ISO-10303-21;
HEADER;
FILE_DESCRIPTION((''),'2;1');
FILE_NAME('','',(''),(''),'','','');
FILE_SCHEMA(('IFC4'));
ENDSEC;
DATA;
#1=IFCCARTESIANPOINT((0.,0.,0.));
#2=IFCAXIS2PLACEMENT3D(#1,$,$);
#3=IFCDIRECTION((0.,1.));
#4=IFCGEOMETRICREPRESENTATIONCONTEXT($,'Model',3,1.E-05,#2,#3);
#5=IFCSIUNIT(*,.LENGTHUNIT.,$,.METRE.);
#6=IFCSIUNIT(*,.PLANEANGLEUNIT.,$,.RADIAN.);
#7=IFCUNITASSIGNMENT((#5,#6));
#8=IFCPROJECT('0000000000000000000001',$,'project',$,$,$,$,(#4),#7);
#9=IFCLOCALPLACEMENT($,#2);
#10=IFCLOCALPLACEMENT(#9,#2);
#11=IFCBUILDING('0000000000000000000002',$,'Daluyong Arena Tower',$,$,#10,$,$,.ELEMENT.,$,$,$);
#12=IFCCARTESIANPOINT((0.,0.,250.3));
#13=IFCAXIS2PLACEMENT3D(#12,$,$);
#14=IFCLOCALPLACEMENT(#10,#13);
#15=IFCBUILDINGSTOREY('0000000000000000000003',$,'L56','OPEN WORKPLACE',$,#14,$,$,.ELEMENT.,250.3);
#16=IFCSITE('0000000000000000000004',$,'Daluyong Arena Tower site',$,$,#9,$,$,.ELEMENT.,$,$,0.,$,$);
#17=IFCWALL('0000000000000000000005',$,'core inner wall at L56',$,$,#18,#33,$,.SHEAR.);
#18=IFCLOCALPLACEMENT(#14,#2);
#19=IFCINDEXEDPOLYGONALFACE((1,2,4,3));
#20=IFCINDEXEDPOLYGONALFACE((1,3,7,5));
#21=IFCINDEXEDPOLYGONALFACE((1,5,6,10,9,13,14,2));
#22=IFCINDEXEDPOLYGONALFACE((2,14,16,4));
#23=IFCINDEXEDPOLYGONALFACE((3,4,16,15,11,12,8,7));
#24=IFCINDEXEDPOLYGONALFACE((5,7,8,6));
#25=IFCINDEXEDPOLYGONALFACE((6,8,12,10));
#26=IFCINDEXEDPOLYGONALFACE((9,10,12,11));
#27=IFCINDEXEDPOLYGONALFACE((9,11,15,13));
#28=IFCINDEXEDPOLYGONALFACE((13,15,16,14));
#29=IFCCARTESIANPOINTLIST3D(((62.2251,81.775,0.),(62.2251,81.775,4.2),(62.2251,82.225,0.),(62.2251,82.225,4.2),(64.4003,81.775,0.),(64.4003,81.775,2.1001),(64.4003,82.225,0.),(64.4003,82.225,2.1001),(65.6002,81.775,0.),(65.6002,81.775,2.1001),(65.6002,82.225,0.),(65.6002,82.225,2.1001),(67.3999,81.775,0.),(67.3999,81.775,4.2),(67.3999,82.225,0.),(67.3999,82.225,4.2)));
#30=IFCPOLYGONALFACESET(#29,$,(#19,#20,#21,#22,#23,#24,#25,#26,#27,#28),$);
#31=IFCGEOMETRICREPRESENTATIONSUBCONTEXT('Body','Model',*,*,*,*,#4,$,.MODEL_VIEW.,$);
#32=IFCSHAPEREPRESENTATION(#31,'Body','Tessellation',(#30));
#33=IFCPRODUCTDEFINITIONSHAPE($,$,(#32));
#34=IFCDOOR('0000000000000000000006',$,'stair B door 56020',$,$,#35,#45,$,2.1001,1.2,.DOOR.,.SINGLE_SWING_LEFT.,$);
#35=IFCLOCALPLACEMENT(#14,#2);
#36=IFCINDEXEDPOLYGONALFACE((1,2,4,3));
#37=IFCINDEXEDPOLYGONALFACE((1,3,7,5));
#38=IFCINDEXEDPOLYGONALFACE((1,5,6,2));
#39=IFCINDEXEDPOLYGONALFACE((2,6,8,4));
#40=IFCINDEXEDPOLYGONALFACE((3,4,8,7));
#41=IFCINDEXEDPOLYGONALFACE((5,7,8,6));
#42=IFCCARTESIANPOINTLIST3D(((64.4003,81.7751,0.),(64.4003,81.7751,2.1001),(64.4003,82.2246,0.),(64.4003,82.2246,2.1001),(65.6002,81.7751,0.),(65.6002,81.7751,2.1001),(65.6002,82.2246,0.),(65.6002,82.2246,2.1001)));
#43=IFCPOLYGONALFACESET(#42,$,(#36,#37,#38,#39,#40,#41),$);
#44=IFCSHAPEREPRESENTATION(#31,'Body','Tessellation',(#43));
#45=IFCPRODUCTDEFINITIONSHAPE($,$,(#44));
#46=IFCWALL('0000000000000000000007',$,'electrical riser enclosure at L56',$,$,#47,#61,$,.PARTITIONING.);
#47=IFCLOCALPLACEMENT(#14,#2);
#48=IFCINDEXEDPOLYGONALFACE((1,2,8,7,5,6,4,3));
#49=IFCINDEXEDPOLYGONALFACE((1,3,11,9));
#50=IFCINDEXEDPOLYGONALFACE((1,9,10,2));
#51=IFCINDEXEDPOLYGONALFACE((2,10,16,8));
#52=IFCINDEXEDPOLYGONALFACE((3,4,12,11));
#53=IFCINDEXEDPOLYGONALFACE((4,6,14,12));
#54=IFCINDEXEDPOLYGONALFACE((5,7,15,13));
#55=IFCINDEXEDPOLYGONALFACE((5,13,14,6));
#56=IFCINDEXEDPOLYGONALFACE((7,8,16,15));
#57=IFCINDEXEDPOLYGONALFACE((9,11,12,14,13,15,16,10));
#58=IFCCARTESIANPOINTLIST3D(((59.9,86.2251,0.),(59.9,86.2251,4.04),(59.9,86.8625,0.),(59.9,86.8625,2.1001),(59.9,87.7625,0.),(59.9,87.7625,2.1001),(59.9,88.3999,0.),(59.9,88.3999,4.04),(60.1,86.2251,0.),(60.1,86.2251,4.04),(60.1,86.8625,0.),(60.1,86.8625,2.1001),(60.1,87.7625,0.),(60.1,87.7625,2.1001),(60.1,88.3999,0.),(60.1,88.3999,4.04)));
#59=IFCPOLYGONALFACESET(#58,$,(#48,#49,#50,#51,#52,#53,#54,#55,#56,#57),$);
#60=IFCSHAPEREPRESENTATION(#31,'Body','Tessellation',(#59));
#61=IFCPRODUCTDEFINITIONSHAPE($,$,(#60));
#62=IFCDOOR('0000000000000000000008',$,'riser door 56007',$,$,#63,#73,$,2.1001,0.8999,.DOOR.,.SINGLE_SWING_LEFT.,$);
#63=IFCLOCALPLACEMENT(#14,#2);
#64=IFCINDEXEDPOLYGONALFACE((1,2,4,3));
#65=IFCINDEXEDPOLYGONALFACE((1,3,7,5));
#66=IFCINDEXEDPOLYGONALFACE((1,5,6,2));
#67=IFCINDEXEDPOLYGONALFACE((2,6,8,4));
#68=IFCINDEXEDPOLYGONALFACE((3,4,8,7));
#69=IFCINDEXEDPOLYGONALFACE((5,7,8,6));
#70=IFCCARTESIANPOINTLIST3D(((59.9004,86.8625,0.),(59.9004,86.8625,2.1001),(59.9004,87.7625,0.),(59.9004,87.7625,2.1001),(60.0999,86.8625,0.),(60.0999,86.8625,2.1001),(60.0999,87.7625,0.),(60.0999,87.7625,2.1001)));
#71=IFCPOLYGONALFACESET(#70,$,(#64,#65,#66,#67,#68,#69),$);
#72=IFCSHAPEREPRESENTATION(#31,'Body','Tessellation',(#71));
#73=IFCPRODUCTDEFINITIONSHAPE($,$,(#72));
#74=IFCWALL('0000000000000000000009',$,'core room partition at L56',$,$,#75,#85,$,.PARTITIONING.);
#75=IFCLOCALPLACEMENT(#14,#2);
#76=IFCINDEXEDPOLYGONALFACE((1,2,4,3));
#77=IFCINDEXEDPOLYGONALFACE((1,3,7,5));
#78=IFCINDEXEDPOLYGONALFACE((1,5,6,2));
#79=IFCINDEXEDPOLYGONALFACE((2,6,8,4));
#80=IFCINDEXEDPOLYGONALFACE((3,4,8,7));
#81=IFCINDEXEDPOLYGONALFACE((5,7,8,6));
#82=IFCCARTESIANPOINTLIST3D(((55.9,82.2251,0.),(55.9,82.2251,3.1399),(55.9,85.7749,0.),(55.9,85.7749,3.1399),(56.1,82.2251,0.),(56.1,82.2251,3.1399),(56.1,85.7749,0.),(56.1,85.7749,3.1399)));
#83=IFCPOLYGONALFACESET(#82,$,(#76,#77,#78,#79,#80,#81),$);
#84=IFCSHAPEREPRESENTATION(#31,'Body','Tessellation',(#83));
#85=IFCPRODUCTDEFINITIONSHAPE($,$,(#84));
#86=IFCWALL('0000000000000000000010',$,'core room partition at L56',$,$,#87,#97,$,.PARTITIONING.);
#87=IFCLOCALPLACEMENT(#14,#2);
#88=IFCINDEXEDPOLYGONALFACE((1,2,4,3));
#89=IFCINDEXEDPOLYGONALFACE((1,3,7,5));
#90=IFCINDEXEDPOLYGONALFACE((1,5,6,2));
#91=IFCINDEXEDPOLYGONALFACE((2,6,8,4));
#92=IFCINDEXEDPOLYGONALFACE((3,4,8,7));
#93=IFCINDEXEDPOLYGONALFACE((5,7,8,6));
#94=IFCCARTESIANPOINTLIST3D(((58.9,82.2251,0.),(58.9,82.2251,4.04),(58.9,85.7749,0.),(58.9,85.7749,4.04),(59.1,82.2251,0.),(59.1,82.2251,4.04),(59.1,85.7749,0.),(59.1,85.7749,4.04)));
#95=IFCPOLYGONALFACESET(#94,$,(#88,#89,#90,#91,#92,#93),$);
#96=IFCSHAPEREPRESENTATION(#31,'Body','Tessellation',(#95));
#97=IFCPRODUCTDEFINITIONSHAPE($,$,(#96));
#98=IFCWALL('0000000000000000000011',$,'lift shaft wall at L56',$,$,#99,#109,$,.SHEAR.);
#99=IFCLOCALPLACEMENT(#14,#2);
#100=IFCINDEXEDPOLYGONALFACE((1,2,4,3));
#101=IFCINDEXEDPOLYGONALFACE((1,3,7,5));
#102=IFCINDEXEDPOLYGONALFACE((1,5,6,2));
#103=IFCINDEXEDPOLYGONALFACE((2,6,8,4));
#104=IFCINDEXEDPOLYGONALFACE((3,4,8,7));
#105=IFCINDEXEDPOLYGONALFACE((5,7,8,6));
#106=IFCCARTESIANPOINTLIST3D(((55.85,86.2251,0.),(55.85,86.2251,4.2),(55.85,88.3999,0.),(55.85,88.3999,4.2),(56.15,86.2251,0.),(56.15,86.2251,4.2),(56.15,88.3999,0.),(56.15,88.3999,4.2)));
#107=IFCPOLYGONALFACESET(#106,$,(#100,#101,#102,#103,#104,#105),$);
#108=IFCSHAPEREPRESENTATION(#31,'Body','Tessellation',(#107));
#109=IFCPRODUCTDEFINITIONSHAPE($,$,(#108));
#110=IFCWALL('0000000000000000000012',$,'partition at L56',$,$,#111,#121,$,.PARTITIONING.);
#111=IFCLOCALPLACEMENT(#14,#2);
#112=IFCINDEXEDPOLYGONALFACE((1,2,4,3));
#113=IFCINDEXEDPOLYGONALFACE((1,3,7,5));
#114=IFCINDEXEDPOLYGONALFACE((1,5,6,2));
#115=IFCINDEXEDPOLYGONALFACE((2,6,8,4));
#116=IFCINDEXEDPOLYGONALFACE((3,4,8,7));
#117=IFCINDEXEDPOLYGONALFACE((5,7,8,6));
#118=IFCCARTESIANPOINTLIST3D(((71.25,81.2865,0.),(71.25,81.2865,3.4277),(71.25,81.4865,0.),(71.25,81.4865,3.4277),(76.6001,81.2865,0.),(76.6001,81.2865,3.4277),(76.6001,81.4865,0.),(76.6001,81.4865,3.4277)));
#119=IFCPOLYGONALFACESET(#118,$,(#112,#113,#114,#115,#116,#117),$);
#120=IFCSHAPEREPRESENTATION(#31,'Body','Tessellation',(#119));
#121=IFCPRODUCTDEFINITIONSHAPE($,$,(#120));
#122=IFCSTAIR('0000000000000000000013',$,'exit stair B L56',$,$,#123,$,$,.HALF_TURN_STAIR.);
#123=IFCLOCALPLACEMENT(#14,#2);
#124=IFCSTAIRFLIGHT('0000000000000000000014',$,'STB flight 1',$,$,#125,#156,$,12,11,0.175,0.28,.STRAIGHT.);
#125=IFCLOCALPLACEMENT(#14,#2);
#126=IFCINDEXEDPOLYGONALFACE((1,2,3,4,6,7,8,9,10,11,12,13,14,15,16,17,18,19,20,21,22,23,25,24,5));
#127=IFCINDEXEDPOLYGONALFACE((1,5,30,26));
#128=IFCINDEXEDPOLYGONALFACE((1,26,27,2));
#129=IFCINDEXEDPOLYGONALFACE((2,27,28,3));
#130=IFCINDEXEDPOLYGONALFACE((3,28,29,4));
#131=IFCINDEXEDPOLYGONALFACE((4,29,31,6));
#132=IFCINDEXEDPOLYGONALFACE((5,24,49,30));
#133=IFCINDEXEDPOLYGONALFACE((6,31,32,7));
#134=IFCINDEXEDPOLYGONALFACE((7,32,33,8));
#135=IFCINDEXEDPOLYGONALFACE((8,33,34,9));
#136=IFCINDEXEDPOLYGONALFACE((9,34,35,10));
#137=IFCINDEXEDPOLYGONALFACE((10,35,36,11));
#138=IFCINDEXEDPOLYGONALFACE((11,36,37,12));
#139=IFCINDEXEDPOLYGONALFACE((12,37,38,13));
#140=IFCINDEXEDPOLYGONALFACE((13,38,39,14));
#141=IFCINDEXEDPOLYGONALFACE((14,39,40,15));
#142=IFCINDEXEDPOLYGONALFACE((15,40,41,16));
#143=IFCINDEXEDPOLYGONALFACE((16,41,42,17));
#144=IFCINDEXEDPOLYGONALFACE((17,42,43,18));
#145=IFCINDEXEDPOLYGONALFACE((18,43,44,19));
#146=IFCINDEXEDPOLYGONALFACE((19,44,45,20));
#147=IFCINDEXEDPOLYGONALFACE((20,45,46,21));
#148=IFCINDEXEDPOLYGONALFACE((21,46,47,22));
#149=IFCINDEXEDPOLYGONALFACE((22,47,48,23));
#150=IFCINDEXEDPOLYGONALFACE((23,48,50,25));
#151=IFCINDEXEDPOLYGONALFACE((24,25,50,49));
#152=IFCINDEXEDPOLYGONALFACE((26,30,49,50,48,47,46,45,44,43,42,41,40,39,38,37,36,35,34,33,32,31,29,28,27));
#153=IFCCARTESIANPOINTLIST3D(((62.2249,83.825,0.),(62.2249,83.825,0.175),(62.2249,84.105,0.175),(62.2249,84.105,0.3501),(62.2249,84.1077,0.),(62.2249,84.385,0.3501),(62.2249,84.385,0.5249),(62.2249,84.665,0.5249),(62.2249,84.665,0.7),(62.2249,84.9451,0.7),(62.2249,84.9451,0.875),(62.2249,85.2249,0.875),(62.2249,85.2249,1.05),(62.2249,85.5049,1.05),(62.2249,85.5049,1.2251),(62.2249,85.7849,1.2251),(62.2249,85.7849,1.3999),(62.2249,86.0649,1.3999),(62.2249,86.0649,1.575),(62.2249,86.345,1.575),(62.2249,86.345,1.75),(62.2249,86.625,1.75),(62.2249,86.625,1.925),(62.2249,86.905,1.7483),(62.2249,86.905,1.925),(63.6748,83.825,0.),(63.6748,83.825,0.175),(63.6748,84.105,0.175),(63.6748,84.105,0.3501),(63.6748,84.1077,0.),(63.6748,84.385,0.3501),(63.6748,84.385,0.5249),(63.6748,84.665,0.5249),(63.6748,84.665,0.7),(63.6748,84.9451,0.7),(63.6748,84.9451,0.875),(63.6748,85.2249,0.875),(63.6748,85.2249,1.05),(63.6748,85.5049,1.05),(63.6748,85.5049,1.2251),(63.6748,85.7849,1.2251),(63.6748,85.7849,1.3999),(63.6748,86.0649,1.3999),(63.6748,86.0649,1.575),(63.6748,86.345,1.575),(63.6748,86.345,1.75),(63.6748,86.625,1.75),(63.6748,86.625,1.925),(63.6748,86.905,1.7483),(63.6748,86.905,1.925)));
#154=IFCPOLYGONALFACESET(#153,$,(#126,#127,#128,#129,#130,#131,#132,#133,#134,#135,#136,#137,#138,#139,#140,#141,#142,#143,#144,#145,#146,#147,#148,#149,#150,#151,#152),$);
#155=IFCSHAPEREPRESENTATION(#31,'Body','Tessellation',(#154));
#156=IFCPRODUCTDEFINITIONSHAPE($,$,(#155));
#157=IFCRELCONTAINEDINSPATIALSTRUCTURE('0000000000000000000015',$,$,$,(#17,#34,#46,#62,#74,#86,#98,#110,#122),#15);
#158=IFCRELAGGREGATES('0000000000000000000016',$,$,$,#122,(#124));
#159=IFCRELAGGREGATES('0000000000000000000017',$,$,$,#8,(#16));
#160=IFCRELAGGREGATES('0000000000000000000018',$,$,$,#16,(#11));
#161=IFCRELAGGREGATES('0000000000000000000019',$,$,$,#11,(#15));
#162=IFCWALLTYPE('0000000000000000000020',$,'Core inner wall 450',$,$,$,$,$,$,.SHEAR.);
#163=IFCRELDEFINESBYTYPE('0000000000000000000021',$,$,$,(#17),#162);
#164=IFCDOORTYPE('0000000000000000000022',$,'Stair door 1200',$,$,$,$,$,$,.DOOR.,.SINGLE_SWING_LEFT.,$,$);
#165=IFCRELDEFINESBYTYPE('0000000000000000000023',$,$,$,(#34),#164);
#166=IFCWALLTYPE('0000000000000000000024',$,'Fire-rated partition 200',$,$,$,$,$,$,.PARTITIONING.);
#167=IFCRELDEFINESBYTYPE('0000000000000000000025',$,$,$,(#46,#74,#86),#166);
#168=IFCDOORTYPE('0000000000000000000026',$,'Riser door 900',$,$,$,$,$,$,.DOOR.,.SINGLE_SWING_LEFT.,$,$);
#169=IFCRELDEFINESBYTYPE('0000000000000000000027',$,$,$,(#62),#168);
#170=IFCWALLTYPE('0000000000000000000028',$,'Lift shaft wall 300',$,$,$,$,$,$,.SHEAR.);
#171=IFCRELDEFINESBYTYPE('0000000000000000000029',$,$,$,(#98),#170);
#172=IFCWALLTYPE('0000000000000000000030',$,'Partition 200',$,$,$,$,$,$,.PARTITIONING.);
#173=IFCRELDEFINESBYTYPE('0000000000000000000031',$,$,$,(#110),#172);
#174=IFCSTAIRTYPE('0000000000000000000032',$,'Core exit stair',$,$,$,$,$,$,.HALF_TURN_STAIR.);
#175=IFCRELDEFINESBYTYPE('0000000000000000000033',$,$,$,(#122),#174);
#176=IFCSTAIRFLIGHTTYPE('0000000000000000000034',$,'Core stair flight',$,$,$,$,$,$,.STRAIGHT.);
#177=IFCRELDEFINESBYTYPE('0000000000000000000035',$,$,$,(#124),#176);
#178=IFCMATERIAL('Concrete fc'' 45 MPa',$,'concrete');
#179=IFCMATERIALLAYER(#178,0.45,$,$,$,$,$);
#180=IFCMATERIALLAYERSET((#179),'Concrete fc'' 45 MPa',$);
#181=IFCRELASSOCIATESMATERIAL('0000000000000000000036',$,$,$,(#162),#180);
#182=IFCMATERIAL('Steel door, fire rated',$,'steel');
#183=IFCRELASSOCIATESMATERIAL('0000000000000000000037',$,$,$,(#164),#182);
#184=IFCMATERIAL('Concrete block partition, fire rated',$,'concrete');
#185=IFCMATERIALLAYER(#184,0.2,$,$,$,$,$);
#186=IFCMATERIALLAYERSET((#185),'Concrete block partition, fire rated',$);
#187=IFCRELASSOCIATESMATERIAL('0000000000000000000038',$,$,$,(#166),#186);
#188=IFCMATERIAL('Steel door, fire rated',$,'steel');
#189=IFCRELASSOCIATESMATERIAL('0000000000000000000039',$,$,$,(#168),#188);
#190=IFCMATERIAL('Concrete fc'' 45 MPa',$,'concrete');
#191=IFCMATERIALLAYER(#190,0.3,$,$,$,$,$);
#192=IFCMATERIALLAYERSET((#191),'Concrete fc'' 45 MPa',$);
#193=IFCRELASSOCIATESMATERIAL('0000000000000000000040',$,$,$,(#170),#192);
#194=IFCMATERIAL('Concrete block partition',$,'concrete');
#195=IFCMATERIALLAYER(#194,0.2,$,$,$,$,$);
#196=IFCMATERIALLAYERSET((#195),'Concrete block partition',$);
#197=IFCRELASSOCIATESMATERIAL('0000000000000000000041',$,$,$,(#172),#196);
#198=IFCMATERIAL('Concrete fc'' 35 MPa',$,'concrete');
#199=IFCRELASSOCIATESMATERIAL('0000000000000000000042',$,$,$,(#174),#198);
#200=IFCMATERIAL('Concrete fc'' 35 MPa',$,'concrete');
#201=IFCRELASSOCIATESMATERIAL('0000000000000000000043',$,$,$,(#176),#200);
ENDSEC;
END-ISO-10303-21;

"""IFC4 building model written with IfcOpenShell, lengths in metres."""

from ifc_helpers import new_model, si_unit, direction, frame, frame_2d, origin, place, context, subcontext, project, spatial, polyline, rectangle, outline, extrude, material, layer, layer_set, type_object, element, fill, aggregate, save


model = new_model("IFC4")

# Units and contexts
model_context = context("Model", 3, precision=1e-05, world=origin(), true_north=direction((0.0, 1.0)))
body_context = subcontext(model_context, "Body", "Model", "MODEL_VIEW")
ifc_project = project(units=[si_unit("LENGTHUNIT", "METRE"), si_unit("PLANEANGLEUNIT", "RADIAN")], contexts=[model_context])

# Site, building, storey
site_placement = place(None, origin())
site = spatial("IfcSite", under=ifc_project, at=site_placement, Name="Daluyong Arena Tower site", CompositionType="ELEMENT", RefElevation=0.0)
building_placement = place(site_placement, origin())
building = spatial("IfcBuilding", under=site, at=building_placement, Name="Daluyong Arena Tower", CompositionType="ELEMENT")
storey_placement = place(building_placement, frame((0.0, 0.0, 250.3)))
storey = spatial("IfcBuildingStorey", under=building, at=storey_placement, Name="L56", Description="OPEN WORKPLACE", CompositionType="ELEMENT", Elevation=250.3)

# Walls, openings, doors
ifc_material_1 = material(Name="Concrete fc' 45 MPa", Category="concrete")
ifc_layer_1 = layer(ifc_material_1, 0.45)
ifc_layer_set_1 = layer_set([ifc_layer_1], Name="Concrete fc' 45 MPa")
wall_type_1 = type_object("IfcWallType", Name="Core inner wall 450", PredefinedType="SHEAR", material=ifc_layer_set_1)
wall_1_placement = place(storey_placement, frame((62.2251, 82.0, 0.0), z_axis=(0.0, 0.0, 1.0), x_axis=(1.0, 0.0, 0.0)))
wall_1 = element("IfcWall", 1, at=wall_1_placement, inside=storey, type_object=wall_type_1, Name="core inner wall at L56", PredefinedType="SHEAR", context=body_context, shape_type="SweptSolid", body=[
    extrude(rectangle(XDim=5.1748, YDim=0.45, at=frame_2d((2.5874, 0.0))), origin(), (0.0, 0.0, 1.0), 4.2),
])
opening_1_placement = place(wall_1_placement, frame((2.175, 0.0, 0.0)))
opening_1 = element("IfcOpeningElement", 2, at=opening_1_placement, cuts=wall_1, PredefinedType="OPENING", context=body_context, shape_type="SweptSolid", body=[
    extrude(rectangle(XDim=1.2, YDim=2.1001, at=frame_2d((0.6001, 1.05))), frame((0.0, 0.2349, 0.0), z_axis=(0.0, -1.0, 0.0), x_axis=(1.0, 0.0, 0.0)), (0.0, 0.0, 1.0), 0.47),
])
ifc_material_2 = material(Name="Steel door, fire rated", Category="steel")
door_type_1 = type_object("IfcDoorType", Name="Stair door 1200", OperationType="SINGLE_SWING_LEFT", PredefinedType="DOOR", material=ifc_material_2)
door_1_placement = place(opening_1_placement, origin())
door_1 = element("IfcDoor", 3, at=door_1_placement, inside=storey, type_object=door_type_1, Name="stair B door 56020", OperationType="SINGLE_SWING_LEFT", OverallHeight=2.1001, OverallWidth=1.2, PredefinedType="DOOR", context=body_context, shape_type="SweptSolid", body=[
    extrude(rectangle(XDim=1.2, YDim=2.1001, at=frame_2d((0.6001, 1.05))), frame((0.0, 0.2246, 0.0), z_axis=(0.0, -1.0, 0.0), x_axis=(1.0, 0.0, 0.0)), (0.0, 0.0, 1.0), 0.4495),
])
fill(opening_1, door_1)
ifc_material_3 = material(Name="Concrete block partition, fire rated", Category="concrete")
ifc_layer_2 = layer(ifc_material_3, 0.2)
ifc_layer_set_2 = layer_set([ifc_layer_2], Name="Concrete block partition, fire rated")
wall_type_2 = type_object("IfcWallType", Name="Fire-rated partition 200", PredefinedType="PARTITIONING", material=ifc_layer_set_2)
wall_2_placement = place(storey_placement, frame((60.0, 86.2251, 0.0), z_axis=(0.0, 0.0, 1.0), x_axis=(0.0, 1.0, 0.0)))
wall_2 = element("IfcWall", 4, at=wall_2_placement, inside=storey, type_object=wall_type_2, Name="electrical riser enclosure at L56", PredefinedType="PARTITIONING", context=body_context, shape_type="SweptSolid", body=[
    extrude(rectangle(XDim=2.1748, YDim=0.2, at=frame_2d((1.0874, 0.0))), origin(), (0.0, 0.0, 1.0), 4.04),
])
opening_2_placement = place(wall_2_placement, frame((0.6375, 0.0, 0.0)))
opening_2 = element("IfcOpeningElement", 5, at=opening_2_placement, cuts=wall_2, PredefinedType="OPENING", context=body_context, shape_type="SweptSolid", body=[
    extrude(rectangle(XDim=0.8999, YDim=2.1001, at=frame_2d((0.45, 1.05))), frame((0.0, 0.1099, 0.0), z_axis=(0.0, -1.0, 0.0), x_axis=(1.0, 0.0, 0.0)), (0.0, 0.0, 1.0), 0.22),
])
ifc_material_4 = material(Name="Steel door, fire rated", Category="steel")
door_type_2 = type_object("IfcDoorType", Name="Riser door 900", OperationType="SINGLE_SWING_LEFT", PredefinedType="DOOR", material=ifc_material_4)
door_2_placement = place(opening_2_placement, origin())
door_2 = element("IfcDoor", 6, at=door_2_placement, inside=storey, type_object=door_type_2, Name="riser door 56007", OperationType="SINGLE_SWING_LEFT", OverallHeight=2.1001, OverallWidth=0.8999, PredefinedType="DOOR", context=body_context, shape_type="SweptSolid", body=[
    extrude(rectangle(XDim=0.8999, YDim=2.1001, at=frame_2d((0.45, 1.05))), frame((0.0, 0.0996, 0.0), z_axis=(0.0, -1.0, 0.0), x_axis=(1.0, 0.0, 0.0)), (0.0, 0.0, 1.0), 0.1995),
])
fill(opening_2, door_2)

# Walls
wall_3_placement = place(storey_placement, frame((56.0, 82.2251, 0.0), z_axis=(0.0, 0.0, 1.0), x_axis=(0.0, 1.0, 0.0)))
element("IfcWall", 7, at=wall_3_placement, inside=storey, type_object=wall_type_2, Name="core room partition at L56", PredefinedType="PARTITIONING", context=body_context, shape_type="SweptSolid", body=[
    extrude(rectangle(XDim=3.5498, YDim=0.2, at=frame_2d((1.7749, 0.0))), origin(), (0.0, 0.0, 1.0), 3.1399),
])
wall_4_placement = place(storey_placement, frame((59.0, 82.2251, 0.0), z_axis=(0.0, 0.0, 1.0), x_axis=(0.0, 1.0, 0.0)))
element("IfcWall", 8, at=wall_4_placement, inside=storey, type_object=wall_type_2, Name="core room partition at L56", PredefinedType="PARTITIONING", context=body_context, shape_type="SweptSolid", body=[
    extrude(rectangle(XDim=3.5498, YDim=0.2, at=frame_2d((1.7749, 0.0))), origin(), (0.0, 0.0, 1.0), 4.04),
])
ifc_material_5 = material(Name="Concrete fc' 45 MPa", Category="concrete")
ifc_layer_3 = layer(ifc_material_5, 0.3)
ifc_layer_set_3 = layer_set([ifc_layer_3], Name="Concrete fc' 45 MPa")
wall_type_3 = type_object("IfcWallType", Name="Lift shaft wall 300", PredefinedType="SHEAR", material=ifc_layer_set_3)
wall_5_placement = place(storey_placement, frame((56.0, 86.2251, 0.0), z_axis=(0.0, 0.0, 1.0), x_axis=(0.0, 1.0, 0.0)))
element("IfcWall", 9, at=wall_5_placement, inside=storey, type_object=wall_type_3, Name="lift shaft wall at L56", PredefinedType="SHEAR", context=body_context, shape_type="SweptSolid", body=[
    extrude(rectangle(XDim=2.1748, YDim=0.3, at=frame_2d((1.0874, 0.0))), origin(), (0.0, 0.0, 1.0), 4.2),
])
ifc_material_6 = material(Name="Concrete block partition", Category="concrete")
ifc_layer_4 = layer(ifc_material_6, 0.2)
ifc_layer_set_4 = layer_set([ifc_layer_4], Name="Concrete block partition")
wall_type_4 = type_object("IfcWallType", Name="Partition 200", PredefinedType="PARTITIONING", material=ifc_layer_set_4)
wall_6_placement = place(storey_placement, frame((71.25, 81.3865, 0.0), z_axis=(0.0, 0.0, 1.0), x_axis=(1.0, 0.0, 0.0)))
element("IfcWall", 10, at=wall_6_placement, inside=storey, type_object=wall_type_4, Name="partition at L56", PredefinedType="PARTITIONING", context=body_context, shape_type="SweptSolid", body=[
    extrude(rectangle(XDim=5.3501, YDim=0.2, at=frame_2d((2.675, 0.0))), origin(), (0.0, 0.0, 1.0), 3.4277),
])

# Stair, stair flight
ifc_material_7 = material(Name="Concrete fc' 35 MPa", Category="concrete")
stair_type = type_object("IfcStairType", Name="Core exit stair", PredefinedType="HALF_TURN_STAIR", material=ifc_material_7)
stair_placement = place(storey_placement, origin())
stair = element("IfcStair", 11, at=stair_placement, inside=storey, type_object=stair_type, Name="exit stair B L56", PredefinedType="HALF_TURN_STAIR")
ifc_material_8 = material(Name="Concrete fc' 35 MPa", Category="concrete")
stair_flight_type = type_object("IfcStairFlightType", Name="Core stair flight", PredefinedType="STRAIGHT", material=ifc_material_8)
stair_flight_1_placement = place(storey_placement, frame((62.95, 83.825, 0.0), z_axis=(0.0, 0.0, 1.0), x_axis=(0.0, 1.0, 0.0)))
stair_flight_1 = element("IfcStairFlight", 12, at=stair_flight_1_placement, type_object=stair_flight_type, Name="STB flight 1", NumberOfRisers=12, NumberOfTreads=11, PredefinedType="STRAIGHT", RiserHeight=0.175, TreadLength=0.28, context=body_context, shape_type="SweptSolid", body=[
    extrude(outline(polyline([(0.0, 0.0), (0.0, 0.175), (0.28, 0.175), (0.28, 0.3501), (0.5601, 0.3501), (0.5601, 0.5249), (0.8401, 0.5249), (0.8401, 0.7), (1.1201, 0.7), (1.1201, 0.875), (1.3999, 0.875), (1.3999, 1.05), (1.6799, 1.05), (1.6799, 1.2251), (1.96, 1.2251), (1.96, 1.3999), (2.24, 1.3999), (2.24, 1.575), (2.52, 1.575), (2.52, 1.75), (2.8, 1.75), (2.8, 1.925), (3.0801, 1.925), (3.0801, 2.1001), (3.0801, 1.7483), (0.2827, 0.0), (0.0, 0.0)])), frame((0.0, 0.7251, 0.0), z_axis=(0.0, -1.0, 0.0), x_axis=(1.0, 0.0, 0.0)), (0.0, 0.0, 1.0), 1.45),
])
aggregate(stair, [stair_flight_1])

save(model, "model.ifc")
